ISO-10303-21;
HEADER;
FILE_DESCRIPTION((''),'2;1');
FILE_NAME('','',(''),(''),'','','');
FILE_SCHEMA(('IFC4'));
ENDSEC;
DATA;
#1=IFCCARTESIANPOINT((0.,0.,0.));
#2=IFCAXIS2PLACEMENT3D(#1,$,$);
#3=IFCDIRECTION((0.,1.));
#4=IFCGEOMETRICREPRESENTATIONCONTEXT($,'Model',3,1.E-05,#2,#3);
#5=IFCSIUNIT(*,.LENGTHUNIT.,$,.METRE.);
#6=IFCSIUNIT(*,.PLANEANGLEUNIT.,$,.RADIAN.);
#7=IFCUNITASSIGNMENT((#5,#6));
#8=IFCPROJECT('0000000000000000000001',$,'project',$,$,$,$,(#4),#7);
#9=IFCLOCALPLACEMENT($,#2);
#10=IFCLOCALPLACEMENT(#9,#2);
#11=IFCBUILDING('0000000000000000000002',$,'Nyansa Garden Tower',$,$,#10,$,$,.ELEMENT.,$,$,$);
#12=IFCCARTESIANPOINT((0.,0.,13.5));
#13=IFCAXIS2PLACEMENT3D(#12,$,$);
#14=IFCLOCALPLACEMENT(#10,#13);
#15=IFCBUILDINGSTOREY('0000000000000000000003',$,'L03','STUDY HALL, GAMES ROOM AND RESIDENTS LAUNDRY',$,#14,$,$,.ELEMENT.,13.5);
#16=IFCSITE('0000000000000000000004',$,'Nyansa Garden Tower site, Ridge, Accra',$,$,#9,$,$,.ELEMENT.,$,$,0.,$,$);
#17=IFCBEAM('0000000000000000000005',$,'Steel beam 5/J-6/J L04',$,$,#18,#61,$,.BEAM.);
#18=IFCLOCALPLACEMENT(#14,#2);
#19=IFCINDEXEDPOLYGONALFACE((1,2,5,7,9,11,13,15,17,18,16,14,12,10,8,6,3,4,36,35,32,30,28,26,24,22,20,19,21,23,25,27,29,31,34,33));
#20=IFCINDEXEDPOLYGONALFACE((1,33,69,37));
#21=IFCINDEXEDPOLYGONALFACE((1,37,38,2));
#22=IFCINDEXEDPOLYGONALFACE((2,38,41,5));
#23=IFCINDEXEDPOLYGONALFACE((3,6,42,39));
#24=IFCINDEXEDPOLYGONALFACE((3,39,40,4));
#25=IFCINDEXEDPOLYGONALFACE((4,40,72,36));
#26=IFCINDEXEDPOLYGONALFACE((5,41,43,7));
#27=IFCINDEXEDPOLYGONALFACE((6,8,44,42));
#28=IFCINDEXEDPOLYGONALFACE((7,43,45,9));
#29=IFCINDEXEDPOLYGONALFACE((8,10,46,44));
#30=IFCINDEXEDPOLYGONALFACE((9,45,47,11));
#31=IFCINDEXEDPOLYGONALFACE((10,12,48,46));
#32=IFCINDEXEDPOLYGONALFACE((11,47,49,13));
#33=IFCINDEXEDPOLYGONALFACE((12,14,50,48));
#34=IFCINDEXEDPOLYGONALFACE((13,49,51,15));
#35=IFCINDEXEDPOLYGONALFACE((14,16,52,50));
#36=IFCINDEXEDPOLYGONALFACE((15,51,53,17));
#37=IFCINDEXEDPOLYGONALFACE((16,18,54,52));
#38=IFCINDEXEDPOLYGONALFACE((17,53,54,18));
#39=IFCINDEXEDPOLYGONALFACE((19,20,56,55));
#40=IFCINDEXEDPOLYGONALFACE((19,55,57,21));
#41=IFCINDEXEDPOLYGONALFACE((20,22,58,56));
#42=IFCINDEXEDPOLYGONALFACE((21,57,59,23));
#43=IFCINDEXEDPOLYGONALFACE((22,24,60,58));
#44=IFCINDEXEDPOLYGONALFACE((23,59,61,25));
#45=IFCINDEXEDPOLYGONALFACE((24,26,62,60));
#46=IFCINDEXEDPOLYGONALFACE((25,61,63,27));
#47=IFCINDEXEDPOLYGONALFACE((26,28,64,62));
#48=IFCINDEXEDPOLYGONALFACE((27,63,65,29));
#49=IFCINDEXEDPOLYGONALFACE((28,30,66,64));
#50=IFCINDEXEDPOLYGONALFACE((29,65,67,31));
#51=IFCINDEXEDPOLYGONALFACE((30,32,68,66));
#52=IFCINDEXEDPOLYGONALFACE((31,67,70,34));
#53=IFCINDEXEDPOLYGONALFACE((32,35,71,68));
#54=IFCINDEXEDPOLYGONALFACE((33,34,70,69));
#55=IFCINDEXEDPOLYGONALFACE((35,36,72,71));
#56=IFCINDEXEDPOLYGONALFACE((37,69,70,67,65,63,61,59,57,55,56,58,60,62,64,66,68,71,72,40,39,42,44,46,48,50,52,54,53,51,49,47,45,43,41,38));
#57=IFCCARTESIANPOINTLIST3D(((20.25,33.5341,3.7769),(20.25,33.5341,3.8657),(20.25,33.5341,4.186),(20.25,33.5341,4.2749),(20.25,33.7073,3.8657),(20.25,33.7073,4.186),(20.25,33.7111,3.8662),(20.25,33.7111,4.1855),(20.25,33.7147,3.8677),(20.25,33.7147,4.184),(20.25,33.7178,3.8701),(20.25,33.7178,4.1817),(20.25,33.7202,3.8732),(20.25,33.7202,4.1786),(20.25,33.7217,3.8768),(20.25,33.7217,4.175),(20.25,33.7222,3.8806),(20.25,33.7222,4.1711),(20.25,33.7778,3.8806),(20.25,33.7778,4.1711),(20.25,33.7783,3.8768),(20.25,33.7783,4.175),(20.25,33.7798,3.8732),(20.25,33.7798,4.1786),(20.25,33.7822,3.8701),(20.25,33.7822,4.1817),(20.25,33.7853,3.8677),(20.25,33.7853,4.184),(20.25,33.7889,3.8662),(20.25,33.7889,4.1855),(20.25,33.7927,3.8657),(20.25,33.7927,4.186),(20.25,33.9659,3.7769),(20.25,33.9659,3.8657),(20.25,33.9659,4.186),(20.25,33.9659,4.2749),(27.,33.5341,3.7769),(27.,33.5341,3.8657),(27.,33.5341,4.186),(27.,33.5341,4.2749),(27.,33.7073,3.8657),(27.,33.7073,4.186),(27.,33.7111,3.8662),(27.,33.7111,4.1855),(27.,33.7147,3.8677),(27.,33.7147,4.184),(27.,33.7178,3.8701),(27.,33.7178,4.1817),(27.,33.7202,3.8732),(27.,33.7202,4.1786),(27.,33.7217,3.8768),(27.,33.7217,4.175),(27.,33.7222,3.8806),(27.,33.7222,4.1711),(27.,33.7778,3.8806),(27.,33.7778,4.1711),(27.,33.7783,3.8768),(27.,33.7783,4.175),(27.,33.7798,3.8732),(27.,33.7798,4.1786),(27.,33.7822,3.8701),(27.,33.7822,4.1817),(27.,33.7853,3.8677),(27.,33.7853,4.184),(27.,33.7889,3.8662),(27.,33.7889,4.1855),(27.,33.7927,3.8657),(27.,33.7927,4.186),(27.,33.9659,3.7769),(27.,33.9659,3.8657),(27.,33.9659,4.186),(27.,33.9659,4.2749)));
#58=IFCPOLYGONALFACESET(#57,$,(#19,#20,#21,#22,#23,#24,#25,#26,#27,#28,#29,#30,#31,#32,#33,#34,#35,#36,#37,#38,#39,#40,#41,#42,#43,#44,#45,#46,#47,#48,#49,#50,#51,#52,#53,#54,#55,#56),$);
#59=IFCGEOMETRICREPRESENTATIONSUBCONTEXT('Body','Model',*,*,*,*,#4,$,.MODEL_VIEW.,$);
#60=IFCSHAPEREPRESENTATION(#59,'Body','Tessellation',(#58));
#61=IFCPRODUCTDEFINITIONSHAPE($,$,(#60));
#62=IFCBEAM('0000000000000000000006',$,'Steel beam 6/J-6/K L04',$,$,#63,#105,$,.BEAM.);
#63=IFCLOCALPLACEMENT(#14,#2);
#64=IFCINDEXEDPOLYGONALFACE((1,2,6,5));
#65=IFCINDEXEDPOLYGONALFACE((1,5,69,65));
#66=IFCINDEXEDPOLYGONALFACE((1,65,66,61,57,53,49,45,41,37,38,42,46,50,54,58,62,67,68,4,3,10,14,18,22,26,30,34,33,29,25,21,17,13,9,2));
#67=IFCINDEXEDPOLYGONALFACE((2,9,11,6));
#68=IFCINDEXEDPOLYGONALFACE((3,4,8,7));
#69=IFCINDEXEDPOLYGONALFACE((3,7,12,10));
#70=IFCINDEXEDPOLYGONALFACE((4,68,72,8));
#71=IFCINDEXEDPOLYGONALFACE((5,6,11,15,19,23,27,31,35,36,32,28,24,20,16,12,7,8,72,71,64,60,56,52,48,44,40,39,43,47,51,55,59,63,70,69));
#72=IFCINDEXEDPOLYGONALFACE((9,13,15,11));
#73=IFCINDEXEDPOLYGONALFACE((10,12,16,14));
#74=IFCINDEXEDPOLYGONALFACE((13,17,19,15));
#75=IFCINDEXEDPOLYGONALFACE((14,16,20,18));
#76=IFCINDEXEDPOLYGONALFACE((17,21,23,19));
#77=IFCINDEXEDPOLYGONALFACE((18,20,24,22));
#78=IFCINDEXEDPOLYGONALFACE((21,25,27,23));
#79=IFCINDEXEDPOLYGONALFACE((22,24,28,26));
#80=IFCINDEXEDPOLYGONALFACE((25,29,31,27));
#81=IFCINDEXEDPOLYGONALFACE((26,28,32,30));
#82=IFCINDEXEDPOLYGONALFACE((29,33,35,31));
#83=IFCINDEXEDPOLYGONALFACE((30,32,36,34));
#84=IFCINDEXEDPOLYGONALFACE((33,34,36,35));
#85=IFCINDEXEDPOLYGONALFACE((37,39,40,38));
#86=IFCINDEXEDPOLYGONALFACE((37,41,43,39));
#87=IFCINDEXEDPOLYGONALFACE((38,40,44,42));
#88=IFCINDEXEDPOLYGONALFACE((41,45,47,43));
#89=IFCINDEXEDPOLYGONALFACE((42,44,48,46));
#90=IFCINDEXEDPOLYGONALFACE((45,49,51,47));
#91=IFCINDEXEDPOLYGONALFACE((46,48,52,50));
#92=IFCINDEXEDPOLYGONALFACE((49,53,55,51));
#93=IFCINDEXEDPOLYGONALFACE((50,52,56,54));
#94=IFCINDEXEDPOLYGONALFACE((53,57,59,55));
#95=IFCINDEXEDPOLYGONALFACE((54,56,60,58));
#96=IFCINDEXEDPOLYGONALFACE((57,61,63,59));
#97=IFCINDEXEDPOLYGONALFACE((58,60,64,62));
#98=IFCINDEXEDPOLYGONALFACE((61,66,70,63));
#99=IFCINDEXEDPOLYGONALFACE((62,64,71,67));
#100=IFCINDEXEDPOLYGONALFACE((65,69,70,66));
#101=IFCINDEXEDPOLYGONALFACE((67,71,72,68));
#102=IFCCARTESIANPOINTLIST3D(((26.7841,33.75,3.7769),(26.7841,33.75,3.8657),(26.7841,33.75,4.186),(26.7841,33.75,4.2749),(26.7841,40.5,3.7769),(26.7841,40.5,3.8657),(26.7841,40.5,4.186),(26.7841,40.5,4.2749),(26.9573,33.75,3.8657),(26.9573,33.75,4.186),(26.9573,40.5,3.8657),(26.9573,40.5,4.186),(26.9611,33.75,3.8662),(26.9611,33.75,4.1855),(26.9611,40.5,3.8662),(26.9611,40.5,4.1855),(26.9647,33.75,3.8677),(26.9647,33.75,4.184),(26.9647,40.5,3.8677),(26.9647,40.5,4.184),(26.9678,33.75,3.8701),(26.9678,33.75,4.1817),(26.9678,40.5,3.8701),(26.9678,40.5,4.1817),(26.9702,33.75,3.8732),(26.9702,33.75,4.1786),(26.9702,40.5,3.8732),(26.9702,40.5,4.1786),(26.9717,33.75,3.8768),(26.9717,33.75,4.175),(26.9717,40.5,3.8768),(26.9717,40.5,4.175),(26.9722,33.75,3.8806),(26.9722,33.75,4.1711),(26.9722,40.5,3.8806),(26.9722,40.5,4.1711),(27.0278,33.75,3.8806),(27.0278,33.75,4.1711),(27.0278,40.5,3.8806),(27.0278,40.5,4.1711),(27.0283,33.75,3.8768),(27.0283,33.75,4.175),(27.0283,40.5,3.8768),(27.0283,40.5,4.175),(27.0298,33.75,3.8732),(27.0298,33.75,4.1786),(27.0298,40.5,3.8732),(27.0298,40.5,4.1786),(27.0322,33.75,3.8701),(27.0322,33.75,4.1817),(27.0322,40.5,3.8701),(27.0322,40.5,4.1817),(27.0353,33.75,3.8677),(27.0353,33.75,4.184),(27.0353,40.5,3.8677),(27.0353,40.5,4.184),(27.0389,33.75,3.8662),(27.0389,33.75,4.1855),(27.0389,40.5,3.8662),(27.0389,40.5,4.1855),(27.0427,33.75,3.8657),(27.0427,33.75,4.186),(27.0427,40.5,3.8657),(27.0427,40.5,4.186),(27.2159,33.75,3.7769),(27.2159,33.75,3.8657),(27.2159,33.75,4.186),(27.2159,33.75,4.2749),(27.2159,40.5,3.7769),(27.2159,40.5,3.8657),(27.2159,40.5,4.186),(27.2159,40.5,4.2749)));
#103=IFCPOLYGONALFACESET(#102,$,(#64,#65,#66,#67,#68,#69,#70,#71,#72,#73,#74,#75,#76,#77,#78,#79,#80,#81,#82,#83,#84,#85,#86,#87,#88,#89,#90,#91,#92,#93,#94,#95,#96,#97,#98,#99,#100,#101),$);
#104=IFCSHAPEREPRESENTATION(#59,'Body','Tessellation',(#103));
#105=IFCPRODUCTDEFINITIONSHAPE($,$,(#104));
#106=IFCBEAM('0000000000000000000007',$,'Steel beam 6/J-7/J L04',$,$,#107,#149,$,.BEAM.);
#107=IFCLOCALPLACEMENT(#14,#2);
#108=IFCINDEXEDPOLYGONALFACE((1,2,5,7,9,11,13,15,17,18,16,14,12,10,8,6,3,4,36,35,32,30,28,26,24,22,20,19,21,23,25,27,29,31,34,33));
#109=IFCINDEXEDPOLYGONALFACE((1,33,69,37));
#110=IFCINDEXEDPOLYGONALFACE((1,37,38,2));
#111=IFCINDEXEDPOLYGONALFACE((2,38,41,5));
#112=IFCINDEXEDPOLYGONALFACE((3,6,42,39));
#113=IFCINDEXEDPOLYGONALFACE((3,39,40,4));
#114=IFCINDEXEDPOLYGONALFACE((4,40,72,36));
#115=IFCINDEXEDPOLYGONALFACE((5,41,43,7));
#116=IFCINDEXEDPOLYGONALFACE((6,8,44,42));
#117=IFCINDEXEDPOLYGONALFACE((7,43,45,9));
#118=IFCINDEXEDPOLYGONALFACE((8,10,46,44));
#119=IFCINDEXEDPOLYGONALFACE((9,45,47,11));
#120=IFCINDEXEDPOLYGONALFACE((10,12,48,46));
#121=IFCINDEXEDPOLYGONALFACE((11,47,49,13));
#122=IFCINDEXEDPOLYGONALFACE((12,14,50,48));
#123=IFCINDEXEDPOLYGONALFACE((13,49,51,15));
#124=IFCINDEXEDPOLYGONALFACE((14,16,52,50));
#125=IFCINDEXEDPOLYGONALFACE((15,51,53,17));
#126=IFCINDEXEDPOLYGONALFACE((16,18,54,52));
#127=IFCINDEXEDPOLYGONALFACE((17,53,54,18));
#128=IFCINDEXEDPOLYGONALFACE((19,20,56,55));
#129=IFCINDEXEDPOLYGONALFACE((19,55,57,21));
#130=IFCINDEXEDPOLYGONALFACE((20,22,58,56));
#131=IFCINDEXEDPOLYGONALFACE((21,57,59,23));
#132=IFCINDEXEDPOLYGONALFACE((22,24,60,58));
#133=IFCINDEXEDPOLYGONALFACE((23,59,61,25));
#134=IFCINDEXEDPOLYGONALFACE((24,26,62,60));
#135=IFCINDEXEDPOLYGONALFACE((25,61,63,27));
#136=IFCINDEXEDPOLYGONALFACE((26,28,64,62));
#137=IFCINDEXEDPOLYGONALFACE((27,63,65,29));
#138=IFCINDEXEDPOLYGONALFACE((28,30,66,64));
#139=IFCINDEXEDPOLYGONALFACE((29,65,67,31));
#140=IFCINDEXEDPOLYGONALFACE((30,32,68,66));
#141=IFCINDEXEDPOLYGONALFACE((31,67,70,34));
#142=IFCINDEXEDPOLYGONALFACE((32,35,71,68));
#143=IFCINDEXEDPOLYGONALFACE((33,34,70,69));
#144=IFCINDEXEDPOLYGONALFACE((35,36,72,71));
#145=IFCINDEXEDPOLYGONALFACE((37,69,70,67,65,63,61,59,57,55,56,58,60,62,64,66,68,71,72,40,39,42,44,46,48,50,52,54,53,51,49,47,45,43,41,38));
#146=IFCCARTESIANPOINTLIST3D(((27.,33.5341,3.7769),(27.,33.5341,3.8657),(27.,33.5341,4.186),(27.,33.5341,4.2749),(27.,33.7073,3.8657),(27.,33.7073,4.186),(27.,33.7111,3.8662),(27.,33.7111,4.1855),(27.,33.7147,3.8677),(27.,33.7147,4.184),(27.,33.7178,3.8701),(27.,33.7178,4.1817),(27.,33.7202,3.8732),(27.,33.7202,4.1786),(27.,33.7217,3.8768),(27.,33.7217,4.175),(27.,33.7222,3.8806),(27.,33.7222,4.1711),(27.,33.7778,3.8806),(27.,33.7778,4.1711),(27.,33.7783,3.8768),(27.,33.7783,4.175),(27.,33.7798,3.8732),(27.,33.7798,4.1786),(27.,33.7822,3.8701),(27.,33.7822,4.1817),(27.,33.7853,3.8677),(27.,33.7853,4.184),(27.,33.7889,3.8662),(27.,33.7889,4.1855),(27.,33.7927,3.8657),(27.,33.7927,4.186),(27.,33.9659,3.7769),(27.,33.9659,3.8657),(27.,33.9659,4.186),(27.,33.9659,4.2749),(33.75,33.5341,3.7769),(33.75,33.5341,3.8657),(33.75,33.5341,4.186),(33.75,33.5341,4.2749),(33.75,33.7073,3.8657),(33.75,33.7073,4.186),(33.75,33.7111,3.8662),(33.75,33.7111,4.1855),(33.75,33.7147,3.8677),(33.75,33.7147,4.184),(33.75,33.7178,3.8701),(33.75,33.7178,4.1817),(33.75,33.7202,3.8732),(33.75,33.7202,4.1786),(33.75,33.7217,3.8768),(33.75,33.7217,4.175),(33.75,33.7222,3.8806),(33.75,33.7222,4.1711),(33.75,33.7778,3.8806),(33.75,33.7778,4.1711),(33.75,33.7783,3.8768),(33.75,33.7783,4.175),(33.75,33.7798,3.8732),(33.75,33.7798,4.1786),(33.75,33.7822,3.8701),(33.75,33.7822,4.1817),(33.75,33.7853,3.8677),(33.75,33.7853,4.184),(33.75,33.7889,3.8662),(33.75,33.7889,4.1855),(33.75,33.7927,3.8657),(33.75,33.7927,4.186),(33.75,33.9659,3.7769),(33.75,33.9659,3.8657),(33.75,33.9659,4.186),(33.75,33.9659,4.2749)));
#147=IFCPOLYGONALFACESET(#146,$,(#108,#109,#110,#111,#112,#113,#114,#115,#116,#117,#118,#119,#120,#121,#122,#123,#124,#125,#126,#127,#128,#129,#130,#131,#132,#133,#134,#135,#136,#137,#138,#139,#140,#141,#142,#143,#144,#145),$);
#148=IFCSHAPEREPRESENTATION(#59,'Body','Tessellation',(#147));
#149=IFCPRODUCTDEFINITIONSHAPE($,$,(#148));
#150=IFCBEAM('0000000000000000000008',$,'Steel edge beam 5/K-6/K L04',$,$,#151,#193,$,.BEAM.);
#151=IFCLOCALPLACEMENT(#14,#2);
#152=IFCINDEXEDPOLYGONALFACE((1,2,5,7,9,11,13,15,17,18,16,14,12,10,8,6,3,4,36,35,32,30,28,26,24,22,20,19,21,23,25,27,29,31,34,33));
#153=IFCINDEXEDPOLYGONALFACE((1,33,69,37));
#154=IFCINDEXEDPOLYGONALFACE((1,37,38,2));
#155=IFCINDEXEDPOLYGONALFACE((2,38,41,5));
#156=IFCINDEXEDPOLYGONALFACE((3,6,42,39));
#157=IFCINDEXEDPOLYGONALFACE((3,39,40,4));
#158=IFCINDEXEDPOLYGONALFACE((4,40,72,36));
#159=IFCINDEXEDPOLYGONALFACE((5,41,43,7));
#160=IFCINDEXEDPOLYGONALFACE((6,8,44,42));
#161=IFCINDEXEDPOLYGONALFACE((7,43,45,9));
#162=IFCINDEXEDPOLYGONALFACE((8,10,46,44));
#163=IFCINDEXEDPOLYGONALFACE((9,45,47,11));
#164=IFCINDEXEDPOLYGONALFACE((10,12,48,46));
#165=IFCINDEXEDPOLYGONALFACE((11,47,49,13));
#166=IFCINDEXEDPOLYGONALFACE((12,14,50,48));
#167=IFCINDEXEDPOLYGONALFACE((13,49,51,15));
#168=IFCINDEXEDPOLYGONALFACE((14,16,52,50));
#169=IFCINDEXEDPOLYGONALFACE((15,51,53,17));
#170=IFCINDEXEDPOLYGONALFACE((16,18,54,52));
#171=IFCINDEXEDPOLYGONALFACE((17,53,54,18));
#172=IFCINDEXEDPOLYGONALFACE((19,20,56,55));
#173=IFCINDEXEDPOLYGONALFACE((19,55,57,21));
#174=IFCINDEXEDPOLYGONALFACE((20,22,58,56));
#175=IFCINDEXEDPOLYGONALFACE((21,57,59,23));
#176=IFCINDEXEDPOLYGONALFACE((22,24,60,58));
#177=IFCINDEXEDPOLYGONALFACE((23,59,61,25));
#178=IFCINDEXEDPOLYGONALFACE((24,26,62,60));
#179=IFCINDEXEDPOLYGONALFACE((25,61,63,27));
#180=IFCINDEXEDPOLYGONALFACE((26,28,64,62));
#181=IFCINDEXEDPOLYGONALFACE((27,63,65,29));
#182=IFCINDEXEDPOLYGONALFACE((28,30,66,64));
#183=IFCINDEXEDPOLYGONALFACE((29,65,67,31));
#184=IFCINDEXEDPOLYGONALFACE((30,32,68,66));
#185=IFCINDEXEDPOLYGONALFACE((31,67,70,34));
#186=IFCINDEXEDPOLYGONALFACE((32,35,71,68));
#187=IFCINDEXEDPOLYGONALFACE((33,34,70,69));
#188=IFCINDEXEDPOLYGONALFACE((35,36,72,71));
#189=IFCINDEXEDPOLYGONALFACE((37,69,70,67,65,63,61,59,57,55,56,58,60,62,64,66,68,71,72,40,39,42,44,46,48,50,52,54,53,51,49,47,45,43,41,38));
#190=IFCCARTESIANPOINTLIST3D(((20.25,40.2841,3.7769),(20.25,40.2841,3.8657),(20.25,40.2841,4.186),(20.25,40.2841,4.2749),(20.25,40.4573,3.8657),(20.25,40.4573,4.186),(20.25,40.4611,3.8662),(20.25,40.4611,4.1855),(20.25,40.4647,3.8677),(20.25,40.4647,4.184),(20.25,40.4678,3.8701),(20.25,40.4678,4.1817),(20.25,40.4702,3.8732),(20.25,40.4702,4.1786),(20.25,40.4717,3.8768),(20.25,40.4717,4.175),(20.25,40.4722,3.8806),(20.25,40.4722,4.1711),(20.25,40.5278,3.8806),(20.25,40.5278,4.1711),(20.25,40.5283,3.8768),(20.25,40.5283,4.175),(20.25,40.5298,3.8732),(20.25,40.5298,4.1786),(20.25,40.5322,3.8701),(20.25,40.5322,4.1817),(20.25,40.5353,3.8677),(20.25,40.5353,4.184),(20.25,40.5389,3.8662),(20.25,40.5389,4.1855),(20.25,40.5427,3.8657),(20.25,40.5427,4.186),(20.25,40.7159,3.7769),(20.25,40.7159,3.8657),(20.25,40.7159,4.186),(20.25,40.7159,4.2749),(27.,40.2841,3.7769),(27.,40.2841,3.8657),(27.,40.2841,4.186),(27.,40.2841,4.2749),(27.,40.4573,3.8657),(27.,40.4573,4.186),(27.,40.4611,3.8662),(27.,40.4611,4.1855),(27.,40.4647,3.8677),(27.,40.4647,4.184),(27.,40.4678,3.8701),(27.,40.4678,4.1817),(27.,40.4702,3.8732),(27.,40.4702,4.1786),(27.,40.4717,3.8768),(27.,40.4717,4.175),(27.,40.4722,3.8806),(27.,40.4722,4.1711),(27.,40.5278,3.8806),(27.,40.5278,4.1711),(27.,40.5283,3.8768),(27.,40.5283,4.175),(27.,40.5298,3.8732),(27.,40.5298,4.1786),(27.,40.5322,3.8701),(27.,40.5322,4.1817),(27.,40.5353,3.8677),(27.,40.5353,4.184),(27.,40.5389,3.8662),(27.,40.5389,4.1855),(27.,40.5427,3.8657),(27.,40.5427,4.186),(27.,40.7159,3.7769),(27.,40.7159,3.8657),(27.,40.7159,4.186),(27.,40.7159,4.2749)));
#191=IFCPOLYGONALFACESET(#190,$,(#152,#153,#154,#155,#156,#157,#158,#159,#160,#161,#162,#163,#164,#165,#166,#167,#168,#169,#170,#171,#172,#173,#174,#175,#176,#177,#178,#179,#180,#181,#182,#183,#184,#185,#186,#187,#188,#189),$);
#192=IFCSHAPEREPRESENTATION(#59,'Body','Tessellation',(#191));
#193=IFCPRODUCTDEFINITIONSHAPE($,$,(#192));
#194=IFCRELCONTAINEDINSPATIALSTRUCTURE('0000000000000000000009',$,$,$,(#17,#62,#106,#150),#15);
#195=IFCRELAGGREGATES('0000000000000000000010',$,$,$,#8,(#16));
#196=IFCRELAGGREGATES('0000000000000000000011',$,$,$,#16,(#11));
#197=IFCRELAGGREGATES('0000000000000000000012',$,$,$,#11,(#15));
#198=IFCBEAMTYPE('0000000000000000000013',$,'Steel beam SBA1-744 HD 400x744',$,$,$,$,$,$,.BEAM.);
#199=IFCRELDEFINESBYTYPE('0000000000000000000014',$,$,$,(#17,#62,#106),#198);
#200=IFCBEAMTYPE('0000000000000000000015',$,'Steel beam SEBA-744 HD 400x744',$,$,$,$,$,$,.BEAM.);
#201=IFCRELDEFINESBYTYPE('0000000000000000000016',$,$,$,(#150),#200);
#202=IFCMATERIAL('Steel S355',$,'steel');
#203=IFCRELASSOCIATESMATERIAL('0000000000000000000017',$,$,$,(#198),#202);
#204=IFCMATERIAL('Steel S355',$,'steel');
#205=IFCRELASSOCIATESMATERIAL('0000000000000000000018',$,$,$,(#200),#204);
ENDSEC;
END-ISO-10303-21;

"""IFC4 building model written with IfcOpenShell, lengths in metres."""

from ifc_helpers import new_model, si_unit, direction, frame, origin, origin_2d, place, context, subcontext, project, spatial, i_section, extrude, material, material_profile, profile_set, type_object, element, save


model = new_model("IFC4")

# Units and contexts
model_context = context("Model", 3, precision=1e-05, world=origin(), true_north=direction((0.0, 1.0)))
body_context = subcontext(model_context, "Body", "Model", "MODEL_VIEW")
ifc_project = project(units=[si_unit("LENGTHUNIT", "METRE"), si_unit("PLANEANGLEUNIT", "RADIAN")], contexts=[model_context])

# Site, building, storey
site_placement = place(None, origin())
site = spatial("IfcSite", under=ifc_project, at=site_placement, Name="Nyansa Garden Tower site, Ridge, Accra", CompositionType="ELEMENT", RefElevation=0.0)
building_placement = place(site_placement, origin())
building = spatial("IfcBuilding", under=site, at=building_placement, Name="Nyansa Garden Tower", CompositionType="ELEMENT")
storey_placement = place(building_placement, frame((0.0, 0.0, 13.5)))
storey = spatial("IfcBuildingStorey", under=building, at=storey_placement, Name="L03", Description="STUDY HALL, GAMES ROOM AND RESIDENTS LAUNDRY", CompositionType="ELEMENT", Elevation=13.5)

# Beams
ifc_material_1 = material(Name="Steel S355", Category="steel")
ifc_material_profile_1 = material_profile(ifc_material_1, i_section(OverallWidth=0.4319, OverallDepth=0.498, WebThickness=0.0557, FlangeThickness=0.0889, FilletRadius=0.0149, at=origin_2d()), Name="HD 400x744")
ifc_profile_set_1 = profile_set([ifc_material_profile_1], Name="Steel S355")
beam_type_1 = type_object("IfcBeamType", Name="Steel beam SBA1-744 HD 400x744", PredefinedType="BEAM", material=ifc_profile_set_1)
for number, where, z_axis, x_axis, name in (
    (1, (20.25, 33.75, 4.0259), (1.0, 0.0, 0.0), (0.0, 1.0, 0.0), "Steel beam 5/J-6/J L04"),
    (2, (27.0, 33.75, 4.0259), (0.0, 1.0, 0.0), (-1.0, 0.0, 0.0), "Steel beam 6/J-6/K L04"),
    (3, (27.0, 33.75, 4.0259), (1.0, 0.0, 0.0), (0.0, 1.0, 0.0), "Steel beam 6/J-7/J L04"),
):
    element("IfcBeam", number, at=place(storey_placement, frame(where, z_axis=z_axis, x_axis=x_axis)), inside=storey, type_object=beam_type_1, Name=name, PredefinedType="BEAM", context=body_context, shape_type="SweptSolid", body=[
        extrude(i_section(OverallWidth=0.4319, OverallDepth=0.498, WebThickness=0.0557, FlangeThickness=0.0889, FilletRadius=0.0149, at=origin_2d()), origin(), (0.0, 0.0, 1.0), 6.75),
    ])
ifc_material_2 = material(Name="Steel S355", Category="steel")
ifc_material_profile_2 = material_profile(ifc_material_2, i_section(OverallWidth=0.4319, OverallDepth=0.498, WebThickness=0.0557, FlangeThickness=0.0889, FilletRadius=0.0149, at=origin_2d()), Name="HD 400x744")
ifc_profile_set_2 = profile_set([ifc_material_profile_2], Name="Steel S355")
beam_type_2 = type_object("IfcBeamType", Name="Steel beam SEBA-744 HD 400x744", PredefinedType="BEAM", material=ifc_profile_set_2)
for number, where, z_axis, x_axis, name in (
    (4, (20.25, 40.5, 4.0259), (1.0, 0.0, 0.0), (0.0, 1.0, 0.0), "Steel edge beam 5/K-6/K L04"),
):
    element("IfcBeam", number, at=place(storey_placement, frame(where, z_axis=z_axis, x_axis=x_axis)), inside=storey, type_object=beam_type_2, Name=name, PredefinedType="BEAM", context=body_context, shape_type="SweptSolid", body=[
        extrude(i_section(OverallWidth=0.4319, OverallDepth=0.498, WebThickness=0.0557, FlangeThickness=0.0889, FilletRadius=0.0149, at=origin_2d()), origin(), (0.0, 0.0, 1.0), 6.75),
    ])

save(model, "model.ifc")
